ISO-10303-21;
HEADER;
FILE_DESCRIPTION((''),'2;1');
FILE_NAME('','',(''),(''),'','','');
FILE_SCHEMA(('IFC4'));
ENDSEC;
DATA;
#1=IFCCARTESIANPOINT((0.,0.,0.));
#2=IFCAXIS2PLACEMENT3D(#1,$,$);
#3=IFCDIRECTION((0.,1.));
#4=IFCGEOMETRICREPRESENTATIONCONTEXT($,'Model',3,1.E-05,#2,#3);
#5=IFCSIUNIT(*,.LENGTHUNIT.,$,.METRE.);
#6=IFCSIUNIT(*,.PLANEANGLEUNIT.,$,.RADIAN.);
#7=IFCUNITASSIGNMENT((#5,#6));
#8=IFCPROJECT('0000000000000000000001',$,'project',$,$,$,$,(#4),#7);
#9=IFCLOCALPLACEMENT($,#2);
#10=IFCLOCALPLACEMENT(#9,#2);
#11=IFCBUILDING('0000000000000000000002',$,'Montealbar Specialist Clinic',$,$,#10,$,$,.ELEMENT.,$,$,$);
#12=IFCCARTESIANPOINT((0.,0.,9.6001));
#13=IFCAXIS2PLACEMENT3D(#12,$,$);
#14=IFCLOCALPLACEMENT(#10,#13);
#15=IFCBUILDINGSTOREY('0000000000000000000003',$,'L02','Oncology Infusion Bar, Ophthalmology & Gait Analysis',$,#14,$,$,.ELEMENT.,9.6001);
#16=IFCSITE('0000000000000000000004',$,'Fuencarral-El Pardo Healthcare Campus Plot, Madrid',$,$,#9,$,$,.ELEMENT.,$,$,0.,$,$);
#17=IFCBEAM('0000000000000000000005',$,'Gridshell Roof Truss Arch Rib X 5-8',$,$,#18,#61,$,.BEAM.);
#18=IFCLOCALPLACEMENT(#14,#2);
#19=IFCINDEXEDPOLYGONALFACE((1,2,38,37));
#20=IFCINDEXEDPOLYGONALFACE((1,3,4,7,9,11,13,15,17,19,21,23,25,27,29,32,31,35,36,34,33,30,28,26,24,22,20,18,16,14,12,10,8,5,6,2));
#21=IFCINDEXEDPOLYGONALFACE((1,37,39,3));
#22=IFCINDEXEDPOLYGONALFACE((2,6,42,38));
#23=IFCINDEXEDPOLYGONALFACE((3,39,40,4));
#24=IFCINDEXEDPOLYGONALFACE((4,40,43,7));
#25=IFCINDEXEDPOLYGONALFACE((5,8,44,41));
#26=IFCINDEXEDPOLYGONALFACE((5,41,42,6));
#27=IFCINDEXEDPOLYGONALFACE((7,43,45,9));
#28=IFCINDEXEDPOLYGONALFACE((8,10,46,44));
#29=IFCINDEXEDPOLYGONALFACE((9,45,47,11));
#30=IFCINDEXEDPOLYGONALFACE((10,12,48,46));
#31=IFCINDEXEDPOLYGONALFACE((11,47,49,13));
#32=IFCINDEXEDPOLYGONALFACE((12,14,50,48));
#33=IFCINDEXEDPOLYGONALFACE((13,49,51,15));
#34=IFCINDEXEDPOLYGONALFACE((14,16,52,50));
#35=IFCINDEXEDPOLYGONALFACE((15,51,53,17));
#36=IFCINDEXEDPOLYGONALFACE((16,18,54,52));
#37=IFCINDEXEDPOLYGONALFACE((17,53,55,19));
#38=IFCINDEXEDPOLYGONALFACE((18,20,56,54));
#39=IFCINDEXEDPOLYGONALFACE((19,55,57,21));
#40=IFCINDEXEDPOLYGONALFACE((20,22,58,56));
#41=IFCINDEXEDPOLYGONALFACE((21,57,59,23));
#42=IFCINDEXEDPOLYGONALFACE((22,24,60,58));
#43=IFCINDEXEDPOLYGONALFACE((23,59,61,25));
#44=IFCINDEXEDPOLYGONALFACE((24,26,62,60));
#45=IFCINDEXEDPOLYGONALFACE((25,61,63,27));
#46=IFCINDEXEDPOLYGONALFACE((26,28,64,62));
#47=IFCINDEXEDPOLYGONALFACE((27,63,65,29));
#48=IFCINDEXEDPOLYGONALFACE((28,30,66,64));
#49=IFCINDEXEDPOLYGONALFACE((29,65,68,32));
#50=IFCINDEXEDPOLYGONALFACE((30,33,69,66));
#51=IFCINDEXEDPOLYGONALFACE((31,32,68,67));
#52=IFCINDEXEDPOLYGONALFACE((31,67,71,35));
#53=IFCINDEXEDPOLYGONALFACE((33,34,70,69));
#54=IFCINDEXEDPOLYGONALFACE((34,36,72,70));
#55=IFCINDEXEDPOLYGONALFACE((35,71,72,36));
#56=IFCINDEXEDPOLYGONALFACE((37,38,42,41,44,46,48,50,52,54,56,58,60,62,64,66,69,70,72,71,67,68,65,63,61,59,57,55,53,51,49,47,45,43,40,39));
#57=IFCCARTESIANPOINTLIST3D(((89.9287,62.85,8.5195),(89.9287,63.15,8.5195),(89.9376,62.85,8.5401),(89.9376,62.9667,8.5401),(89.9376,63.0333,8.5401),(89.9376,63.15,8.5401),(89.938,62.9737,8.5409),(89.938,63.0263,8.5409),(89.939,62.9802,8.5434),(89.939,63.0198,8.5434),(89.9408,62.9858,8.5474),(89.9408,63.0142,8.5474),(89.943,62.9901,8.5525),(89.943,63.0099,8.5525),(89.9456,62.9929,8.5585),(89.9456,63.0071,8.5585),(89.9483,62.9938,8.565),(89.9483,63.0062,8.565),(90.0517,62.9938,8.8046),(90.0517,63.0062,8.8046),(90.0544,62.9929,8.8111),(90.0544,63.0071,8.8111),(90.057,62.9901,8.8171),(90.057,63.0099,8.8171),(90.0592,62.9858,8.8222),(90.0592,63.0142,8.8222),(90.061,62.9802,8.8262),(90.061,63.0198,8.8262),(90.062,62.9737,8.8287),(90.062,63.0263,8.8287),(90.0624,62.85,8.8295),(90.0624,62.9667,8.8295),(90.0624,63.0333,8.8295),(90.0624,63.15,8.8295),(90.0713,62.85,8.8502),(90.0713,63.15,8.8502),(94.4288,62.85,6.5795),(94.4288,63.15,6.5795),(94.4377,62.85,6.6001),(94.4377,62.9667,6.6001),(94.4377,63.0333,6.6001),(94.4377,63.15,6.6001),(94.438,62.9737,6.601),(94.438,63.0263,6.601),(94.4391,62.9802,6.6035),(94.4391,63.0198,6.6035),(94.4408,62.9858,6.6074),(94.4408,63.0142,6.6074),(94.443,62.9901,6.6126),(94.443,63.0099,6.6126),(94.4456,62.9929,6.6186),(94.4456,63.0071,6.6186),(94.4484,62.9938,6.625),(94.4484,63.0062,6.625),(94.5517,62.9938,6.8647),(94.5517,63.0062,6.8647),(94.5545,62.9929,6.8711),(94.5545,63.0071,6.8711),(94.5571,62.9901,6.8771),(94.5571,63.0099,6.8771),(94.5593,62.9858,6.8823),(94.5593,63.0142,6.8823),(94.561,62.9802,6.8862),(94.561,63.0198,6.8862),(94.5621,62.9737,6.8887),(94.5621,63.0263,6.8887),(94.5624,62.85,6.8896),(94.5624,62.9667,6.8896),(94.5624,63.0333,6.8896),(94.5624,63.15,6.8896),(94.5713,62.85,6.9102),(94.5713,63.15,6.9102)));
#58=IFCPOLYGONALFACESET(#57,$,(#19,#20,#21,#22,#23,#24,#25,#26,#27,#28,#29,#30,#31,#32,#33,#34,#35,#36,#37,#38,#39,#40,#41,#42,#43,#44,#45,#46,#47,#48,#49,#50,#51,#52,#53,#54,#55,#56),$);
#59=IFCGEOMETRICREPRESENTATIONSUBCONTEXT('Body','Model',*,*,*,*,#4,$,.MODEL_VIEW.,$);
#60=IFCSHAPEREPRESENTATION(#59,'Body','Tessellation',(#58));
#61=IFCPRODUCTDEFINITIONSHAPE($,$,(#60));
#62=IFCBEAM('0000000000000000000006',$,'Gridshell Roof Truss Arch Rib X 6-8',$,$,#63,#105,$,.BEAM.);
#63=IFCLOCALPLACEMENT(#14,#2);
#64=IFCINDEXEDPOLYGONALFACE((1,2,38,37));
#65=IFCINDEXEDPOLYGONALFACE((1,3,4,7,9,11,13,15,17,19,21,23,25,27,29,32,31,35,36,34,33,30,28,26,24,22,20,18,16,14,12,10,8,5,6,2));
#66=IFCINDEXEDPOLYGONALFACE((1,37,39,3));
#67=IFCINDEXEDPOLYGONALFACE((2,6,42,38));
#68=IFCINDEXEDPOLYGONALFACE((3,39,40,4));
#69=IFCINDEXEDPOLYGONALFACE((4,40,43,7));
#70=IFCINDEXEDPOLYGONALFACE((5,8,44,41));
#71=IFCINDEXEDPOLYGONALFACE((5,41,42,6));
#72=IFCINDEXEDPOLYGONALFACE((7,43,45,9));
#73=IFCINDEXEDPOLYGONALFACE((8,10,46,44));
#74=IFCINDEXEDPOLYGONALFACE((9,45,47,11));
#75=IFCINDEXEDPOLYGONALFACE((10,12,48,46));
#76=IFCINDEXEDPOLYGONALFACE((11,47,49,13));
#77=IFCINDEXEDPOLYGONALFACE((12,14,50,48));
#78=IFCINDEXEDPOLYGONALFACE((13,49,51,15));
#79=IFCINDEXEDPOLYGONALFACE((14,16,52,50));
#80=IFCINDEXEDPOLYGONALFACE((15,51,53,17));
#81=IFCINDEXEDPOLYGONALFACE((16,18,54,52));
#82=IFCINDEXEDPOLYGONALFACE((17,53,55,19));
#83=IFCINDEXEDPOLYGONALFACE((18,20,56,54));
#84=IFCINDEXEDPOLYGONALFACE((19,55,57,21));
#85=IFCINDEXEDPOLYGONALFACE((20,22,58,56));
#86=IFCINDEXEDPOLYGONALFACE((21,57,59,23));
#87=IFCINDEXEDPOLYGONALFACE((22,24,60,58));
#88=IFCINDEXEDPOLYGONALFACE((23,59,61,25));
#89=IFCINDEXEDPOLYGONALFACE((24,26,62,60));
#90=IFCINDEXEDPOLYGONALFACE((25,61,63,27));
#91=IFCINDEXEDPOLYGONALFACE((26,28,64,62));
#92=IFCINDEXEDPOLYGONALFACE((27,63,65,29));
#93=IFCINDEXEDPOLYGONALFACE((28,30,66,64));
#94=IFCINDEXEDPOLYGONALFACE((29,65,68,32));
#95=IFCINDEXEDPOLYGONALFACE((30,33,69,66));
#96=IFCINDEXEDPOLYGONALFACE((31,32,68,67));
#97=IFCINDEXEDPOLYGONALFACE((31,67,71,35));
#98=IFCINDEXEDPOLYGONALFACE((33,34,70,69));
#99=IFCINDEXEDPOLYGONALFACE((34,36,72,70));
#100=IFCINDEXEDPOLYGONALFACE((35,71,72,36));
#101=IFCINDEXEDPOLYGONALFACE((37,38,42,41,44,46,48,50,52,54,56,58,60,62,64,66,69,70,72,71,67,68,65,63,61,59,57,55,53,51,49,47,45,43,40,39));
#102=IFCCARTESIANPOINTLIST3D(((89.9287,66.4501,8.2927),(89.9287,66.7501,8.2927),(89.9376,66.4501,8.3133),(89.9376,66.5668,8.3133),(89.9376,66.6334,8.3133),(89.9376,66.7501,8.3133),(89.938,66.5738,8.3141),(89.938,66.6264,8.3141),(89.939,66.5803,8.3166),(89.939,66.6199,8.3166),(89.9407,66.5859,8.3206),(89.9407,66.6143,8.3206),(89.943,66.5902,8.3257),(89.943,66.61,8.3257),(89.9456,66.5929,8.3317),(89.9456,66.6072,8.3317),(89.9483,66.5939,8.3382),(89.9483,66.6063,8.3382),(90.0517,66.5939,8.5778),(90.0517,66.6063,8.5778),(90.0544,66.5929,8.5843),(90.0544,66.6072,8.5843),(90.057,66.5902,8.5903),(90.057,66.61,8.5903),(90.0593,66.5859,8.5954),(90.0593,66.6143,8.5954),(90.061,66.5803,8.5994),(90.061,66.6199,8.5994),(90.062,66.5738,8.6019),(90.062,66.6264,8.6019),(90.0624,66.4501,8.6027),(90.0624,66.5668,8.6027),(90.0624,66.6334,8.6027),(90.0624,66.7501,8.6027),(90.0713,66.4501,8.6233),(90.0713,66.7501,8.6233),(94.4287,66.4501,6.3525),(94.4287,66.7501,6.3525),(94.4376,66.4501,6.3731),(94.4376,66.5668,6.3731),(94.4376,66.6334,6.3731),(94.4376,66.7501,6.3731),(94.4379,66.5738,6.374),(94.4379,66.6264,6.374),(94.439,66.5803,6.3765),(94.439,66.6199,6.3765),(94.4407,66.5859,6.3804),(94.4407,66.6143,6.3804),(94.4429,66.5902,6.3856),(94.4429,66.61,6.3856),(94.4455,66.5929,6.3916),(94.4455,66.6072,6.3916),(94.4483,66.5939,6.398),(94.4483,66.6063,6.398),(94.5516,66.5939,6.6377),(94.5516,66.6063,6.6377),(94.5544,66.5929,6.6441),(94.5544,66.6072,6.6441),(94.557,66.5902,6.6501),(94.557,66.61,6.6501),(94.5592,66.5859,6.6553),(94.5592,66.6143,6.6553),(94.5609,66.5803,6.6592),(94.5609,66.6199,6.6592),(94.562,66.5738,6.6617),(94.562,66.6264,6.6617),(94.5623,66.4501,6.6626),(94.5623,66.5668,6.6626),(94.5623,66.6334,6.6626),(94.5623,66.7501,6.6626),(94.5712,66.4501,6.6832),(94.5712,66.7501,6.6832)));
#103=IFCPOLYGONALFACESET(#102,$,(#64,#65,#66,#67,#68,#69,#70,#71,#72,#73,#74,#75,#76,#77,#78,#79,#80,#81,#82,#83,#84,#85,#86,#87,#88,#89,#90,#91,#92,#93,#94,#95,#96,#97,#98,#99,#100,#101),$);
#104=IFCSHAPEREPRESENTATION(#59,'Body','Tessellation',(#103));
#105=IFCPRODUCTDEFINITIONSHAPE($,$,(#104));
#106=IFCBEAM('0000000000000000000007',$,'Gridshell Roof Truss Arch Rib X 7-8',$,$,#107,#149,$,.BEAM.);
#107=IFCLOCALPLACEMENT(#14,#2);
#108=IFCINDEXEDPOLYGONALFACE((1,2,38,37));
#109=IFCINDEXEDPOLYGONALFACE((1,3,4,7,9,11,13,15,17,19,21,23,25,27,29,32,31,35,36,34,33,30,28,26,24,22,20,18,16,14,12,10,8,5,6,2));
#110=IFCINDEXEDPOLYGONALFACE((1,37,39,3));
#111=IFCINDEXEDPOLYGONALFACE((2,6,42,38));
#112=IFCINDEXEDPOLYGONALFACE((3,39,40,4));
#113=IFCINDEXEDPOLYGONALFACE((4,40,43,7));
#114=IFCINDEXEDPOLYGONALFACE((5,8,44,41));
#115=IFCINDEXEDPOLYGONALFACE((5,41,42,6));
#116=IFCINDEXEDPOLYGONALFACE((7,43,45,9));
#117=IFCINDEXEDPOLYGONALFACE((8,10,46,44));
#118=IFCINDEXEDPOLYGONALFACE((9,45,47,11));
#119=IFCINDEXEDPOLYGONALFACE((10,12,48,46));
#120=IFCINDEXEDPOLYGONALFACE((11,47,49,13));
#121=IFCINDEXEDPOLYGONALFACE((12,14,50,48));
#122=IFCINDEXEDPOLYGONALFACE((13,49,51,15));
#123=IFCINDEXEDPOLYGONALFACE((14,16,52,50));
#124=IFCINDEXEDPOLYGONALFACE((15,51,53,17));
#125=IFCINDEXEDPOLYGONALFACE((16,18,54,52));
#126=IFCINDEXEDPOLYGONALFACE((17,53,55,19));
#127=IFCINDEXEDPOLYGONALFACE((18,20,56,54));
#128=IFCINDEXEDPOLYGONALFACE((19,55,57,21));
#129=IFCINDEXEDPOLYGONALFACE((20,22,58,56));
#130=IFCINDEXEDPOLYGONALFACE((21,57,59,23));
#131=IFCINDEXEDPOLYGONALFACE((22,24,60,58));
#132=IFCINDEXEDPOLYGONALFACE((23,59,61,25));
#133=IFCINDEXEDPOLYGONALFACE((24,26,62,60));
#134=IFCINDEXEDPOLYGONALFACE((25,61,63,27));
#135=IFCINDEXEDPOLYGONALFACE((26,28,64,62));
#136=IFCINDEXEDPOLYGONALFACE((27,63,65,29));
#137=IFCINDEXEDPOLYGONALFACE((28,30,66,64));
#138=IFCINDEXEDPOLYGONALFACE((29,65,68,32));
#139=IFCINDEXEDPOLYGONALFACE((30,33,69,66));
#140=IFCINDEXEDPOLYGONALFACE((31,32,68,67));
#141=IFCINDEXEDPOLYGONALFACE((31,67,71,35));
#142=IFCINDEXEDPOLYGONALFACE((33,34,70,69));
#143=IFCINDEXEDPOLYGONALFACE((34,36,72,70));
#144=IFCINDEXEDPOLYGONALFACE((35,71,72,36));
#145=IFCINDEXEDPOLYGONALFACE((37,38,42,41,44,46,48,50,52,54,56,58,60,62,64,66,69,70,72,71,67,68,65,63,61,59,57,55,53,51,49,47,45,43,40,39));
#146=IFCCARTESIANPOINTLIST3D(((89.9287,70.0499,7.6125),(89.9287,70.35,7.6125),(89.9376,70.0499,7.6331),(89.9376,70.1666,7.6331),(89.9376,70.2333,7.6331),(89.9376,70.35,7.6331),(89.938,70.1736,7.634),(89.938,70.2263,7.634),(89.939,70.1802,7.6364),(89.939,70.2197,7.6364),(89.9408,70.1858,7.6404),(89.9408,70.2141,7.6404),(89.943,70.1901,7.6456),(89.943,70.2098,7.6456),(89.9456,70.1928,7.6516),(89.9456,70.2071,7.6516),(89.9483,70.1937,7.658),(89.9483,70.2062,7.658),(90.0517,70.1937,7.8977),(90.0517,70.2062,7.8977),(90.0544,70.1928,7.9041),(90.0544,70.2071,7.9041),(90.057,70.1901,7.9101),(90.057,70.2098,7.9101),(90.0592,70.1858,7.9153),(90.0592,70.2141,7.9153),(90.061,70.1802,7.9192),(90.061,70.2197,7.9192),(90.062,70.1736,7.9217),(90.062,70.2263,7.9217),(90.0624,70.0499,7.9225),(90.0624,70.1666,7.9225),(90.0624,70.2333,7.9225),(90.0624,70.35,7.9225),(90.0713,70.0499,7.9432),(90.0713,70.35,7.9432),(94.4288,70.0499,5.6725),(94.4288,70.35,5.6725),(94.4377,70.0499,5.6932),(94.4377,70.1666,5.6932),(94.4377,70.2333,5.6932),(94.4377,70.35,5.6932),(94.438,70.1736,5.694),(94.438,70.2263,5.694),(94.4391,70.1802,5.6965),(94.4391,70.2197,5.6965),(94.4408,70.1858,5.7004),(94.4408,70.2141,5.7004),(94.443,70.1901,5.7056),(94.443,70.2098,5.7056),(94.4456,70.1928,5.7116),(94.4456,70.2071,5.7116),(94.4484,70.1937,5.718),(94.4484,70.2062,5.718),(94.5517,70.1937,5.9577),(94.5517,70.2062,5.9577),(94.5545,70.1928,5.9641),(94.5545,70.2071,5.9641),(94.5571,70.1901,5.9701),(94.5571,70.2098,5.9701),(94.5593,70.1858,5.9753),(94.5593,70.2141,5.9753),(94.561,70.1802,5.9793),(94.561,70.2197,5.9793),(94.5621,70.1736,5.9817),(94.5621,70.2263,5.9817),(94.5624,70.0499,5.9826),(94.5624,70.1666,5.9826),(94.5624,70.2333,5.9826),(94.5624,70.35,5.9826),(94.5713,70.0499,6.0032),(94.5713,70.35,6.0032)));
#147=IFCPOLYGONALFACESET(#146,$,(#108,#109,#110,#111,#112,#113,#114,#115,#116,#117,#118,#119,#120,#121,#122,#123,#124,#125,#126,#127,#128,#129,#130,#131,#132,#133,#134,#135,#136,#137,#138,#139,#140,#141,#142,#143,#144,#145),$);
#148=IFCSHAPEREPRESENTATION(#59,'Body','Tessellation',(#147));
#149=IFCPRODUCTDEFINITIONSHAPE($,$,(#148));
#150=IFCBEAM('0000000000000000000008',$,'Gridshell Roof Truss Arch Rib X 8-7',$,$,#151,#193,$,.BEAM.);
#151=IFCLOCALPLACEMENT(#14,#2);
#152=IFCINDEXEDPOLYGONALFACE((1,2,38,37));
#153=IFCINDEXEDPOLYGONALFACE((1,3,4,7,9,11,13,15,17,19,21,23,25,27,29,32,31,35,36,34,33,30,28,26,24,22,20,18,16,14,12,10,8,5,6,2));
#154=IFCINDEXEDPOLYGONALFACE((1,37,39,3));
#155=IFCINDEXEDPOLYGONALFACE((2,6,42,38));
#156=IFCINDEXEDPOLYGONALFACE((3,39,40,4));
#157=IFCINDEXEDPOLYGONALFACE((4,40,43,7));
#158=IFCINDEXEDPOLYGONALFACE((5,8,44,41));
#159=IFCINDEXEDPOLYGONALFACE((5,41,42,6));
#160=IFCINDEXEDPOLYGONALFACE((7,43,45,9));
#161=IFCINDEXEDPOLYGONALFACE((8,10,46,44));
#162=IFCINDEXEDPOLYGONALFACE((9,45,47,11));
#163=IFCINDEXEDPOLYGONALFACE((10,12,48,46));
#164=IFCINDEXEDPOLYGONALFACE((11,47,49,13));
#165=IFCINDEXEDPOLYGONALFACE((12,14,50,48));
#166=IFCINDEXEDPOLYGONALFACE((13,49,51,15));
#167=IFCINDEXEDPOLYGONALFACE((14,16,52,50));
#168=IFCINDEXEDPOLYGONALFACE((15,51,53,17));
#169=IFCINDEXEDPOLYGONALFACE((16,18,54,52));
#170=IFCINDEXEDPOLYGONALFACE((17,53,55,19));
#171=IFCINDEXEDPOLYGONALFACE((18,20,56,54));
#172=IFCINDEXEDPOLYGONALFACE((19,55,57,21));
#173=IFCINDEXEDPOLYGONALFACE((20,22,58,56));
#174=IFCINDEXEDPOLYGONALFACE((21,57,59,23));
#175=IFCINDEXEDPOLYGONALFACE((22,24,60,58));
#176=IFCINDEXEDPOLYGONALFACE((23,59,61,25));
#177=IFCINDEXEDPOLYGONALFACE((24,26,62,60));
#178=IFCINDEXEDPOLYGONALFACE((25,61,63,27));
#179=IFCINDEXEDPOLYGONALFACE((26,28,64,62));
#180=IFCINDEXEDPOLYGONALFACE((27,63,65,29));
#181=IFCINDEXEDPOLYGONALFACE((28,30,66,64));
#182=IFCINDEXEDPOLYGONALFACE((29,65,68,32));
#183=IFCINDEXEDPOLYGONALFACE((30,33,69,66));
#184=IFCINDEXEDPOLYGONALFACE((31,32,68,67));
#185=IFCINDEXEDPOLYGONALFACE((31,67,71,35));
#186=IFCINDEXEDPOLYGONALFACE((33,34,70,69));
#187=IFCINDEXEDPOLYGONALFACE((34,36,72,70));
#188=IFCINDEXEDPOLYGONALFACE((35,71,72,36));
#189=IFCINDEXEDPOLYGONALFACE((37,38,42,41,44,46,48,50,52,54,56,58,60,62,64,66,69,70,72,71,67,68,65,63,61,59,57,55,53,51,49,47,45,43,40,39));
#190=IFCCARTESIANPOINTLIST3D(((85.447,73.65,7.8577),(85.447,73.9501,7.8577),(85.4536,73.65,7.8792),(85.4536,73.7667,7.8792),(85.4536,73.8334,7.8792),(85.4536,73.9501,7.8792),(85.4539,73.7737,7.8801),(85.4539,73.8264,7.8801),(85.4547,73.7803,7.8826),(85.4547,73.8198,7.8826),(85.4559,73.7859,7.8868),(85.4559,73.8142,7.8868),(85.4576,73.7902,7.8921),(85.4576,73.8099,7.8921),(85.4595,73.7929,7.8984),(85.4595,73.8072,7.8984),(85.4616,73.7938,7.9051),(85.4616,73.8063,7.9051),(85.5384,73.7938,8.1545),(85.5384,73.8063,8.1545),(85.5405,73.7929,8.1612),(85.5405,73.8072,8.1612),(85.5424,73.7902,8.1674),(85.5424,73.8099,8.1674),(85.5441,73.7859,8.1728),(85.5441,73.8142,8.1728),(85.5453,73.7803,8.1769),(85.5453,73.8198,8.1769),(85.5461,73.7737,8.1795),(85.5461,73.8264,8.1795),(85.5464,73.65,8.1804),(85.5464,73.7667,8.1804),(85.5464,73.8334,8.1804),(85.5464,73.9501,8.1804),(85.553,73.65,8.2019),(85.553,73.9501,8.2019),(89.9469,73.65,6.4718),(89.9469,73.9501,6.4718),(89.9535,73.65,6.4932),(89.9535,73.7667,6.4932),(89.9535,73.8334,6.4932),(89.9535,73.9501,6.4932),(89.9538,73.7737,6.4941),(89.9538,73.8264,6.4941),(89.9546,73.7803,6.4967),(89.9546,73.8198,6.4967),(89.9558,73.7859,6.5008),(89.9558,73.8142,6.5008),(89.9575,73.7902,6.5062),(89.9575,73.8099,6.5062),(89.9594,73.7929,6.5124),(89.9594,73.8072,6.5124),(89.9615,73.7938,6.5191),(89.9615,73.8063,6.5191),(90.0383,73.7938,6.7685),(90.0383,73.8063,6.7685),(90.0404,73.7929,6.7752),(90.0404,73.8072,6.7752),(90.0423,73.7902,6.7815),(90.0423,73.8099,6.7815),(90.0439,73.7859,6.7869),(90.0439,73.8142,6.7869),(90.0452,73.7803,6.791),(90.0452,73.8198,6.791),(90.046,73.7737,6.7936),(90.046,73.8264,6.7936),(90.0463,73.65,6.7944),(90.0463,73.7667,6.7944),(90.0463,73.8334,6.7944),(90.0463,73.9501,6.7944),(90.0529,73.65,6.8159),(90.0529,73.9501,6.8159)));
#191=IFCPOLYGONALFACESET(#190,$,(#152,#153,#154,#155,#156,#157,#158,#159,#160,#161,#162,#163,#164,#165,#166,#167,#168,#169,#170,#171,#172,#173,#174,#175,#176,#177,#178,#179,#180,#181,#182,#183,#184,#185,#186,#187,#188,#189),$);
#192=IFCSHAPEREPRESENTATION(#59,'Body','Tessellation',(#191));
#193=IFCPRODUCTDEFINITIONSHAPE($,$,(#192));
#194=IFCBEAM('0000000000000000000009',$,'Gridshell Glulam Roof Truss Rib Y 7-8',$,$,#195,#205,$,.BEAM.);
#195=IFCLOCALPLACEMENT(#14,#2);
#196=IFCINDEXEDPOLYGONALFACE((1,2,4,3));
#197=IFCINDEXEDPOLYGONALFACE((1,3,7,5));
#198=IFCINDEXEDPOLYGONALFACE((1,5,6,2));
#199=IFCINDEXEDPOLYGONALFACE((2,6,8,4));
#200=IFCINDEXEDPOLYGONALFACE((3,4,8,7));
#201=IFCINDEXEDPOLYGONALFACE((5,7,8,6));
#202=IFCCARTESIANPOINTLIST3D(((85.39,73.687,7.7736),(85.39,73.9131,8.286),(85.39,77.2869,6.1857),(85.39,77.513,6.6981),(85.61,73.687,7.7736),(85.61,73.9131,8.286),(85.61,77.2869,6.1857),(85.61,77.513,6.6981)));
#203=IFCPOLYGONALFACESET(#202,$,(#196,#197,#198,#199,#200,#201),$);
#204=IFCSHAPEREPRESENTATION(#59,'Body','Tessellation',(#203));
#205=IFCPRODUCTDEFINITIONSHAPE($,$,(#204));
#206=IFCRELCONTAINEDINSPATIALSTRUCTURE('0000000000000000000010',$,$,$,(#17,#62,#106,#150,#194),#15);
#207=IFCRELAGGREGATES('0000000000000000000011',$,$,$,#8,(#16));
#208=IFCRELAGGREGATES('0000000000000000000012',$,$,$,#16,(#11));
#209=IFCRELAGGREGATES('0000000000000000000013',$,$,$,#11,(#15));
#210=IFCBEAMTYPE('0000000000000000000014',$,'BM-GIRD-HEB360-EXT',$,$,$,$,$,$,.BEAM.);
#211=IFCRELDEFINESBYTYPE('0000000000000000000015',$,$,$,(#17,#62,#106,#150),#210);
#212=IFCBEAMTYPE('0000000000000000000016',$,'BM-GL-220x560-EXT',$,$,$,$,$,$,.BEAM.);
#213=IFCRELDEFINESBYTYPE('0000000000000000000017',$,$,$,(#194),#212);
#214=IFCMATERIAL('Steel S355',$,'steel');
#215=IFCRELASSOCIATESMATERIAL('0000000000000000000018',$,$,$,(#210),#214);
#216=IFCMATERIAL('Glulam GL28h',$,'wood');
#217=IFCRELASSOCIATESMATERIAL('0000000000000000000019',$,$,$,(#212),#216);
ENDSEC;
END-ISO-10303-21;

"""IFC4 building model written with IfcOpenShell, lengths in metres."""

from ifc_helpers import new_model, si_unit, direction, frame, origin, origin_2d, place, context, subcontext, project, spatial, rectangle, i_section, extrude, material, material_profile, profile_set, type_object, element, save


model = new_model("IFC4")

# Units and contexts
model_context = context("Model", 3, precision=1e-05, world=origin(), true_north=direction((0.0, 1.0)))
body_context = subcontext(model_context, "Body", "Model", "MODEL_VIEW")
ifc_project = project(units=[si_unit("LENGTHUNIT", "METRE"), si_unit("PLANEANGLEUNIT", "RADIAN")], contexts=[model_context])

# Site, building, storey
site_placement = place(None, origin())
site = spatial("IfcSite", under=ifc_project, at=site_placement, Name="Fuencarral-El Pardo Healthcare Campus Plot, Madrid", CompositionType="ELEMENT", RefElevation=0.0)
building_placement = place(site_placement, origin())
building = spatial("IfcBuilding", under=site, at=building_placement, Name="Montealbar Specialist Clinic", CompositionType="ELEMENT")
storey_placement = place(building_placement, frame((0.0, 0.0, 9.6001)))
storey = spatial("IfcBuildingStorey", under=building, at=storey_placement, Name="L02", Description="Oncology Infusion Bar, Ophthalmology & Gait Analysis", CompositionType="ELEMENT", Elevation=9.6001)

# Beams
ifc_material_1 = material(Name="Steel S355", Category="steel")
ifc_material_profile_1 = material_profile(ifc_material_1, i_section(OverallWidth=0.3, OverallDepth=0.3601, WebThickness=0.0125, FlangeThickness=0.0225, FilletRadius=0.0271, at=origin_2d()), Name="HEB 360", Category="steel")
ifc_profile_set_1 = profile_set([ifc_material_profile_1], Name="Steel S355")
beam_type_1 = type_object("IfcBeamType", Name="BM-GIRD-HEB360-EXT", PredefinedType="BEAM", material=ifc_profile_set_1)
for number, where, z_axis, x_axis, name in (
    (1, (90.0, 63.0, 8.6848), (0.918303, 0.0, -0.395879), (0.0, 1.0, 0.0), "Gridshell Roof Truss Arch Rib X 5-8"),
    (2, (90.0, 66.6001, 8.458), (0.918285, 0.0, -0.395921), (0.0, 1.0, 0.0), "Gridshell Roof Truss Arch Rib X 6-8"),
    (3, (90.0, 70.2, 7.7778), (0.918303, 0.0, -0.395879), (0.0, 1.0, 0.0), "Gridshell Roof Truss Arch Rib X 7-8"),
):
    element("IfcBeam", number, at=place(storey_placement, frame(where, z_axis=z_axis, x_axis=x_axis)), inside=storey, type_object=beam_type_1, Name=name, PredefinedType="BEAM", context=body_context, shape_type="SweptSolid", body=[
        extrude(i_section(OverallWidth=0.3, OverallDepth=0.3601, WebThickness=0.0125, FlangeThickness=0.0225, FilletRadius=0.0271, at=origin_2d()), origin(), (0.0, 0.0, 1.0), 4.9004),
    ])
beam_1_placement = place(storey_placement, frame((85.5, 73.8, 8.0298), z_axis=(0.955697, 0.0, -0.294352), x_axis=(0.0, 1.0, 0.0)))
element("IfcBeam", 4, at=beam_1_placement, inside=storey, type_object=beam_type_1, Name="Gridshell Roof Truss Arch Rib X 8-7", PredefinedType="BEAM", context=body_context, shape_type="SweptSolid", body=[
    extrude(i_section(OverallWidth=0.3, OverallDepth=0.3601, WebThickness=0.0125, FlangeThickness=0.0225, FilletRadius=0.0271, at=origin_2d()), origin(), (0.0, 0.0, 1.0), 4.7085),
])
ifc_material_2 = material(Name="Glulam GL28h", Category="wood")
ifc_material_profile_2 = material_profile(ifc_material_2, rectangle(XDim=0.22, YDim=0.5601, at=origin_2d()), Name="GL28h 220x560", Category="wood")
ifc_profile_set_2 = profile_set([ifc_material_profile_2], Name="Glulam GL28h")
beam_type_2 = type_object("IfcBeamType", Name="BM-GL-220x560-EXT", PredefinedType="BEAM", material=ifc_profile_set_2)
beam_2_placement = place(storey_placement, frame((85.5, 73.8, 8.0298), z_axis=(0.0, 0.914944, -0.403581), x_axis=(-1.0, 0.0, 0.0)))
element("IfcBeam", 5, at=beam_2_placement, inside=storey, type_object=beam_type_2, Name="Gridshell Glulam Roof Truss Rib Y 7-8", PredefinedType="BEAM", context=body_context, shape_type="SweptSolid", body=[
    extrude(rectangle(XDim=0.22, YDim=0.5601, at=origin_2d()), origin(), (0.0, 0.0, 1.0), 3.9346),
])

save(model, "model.ifc")
